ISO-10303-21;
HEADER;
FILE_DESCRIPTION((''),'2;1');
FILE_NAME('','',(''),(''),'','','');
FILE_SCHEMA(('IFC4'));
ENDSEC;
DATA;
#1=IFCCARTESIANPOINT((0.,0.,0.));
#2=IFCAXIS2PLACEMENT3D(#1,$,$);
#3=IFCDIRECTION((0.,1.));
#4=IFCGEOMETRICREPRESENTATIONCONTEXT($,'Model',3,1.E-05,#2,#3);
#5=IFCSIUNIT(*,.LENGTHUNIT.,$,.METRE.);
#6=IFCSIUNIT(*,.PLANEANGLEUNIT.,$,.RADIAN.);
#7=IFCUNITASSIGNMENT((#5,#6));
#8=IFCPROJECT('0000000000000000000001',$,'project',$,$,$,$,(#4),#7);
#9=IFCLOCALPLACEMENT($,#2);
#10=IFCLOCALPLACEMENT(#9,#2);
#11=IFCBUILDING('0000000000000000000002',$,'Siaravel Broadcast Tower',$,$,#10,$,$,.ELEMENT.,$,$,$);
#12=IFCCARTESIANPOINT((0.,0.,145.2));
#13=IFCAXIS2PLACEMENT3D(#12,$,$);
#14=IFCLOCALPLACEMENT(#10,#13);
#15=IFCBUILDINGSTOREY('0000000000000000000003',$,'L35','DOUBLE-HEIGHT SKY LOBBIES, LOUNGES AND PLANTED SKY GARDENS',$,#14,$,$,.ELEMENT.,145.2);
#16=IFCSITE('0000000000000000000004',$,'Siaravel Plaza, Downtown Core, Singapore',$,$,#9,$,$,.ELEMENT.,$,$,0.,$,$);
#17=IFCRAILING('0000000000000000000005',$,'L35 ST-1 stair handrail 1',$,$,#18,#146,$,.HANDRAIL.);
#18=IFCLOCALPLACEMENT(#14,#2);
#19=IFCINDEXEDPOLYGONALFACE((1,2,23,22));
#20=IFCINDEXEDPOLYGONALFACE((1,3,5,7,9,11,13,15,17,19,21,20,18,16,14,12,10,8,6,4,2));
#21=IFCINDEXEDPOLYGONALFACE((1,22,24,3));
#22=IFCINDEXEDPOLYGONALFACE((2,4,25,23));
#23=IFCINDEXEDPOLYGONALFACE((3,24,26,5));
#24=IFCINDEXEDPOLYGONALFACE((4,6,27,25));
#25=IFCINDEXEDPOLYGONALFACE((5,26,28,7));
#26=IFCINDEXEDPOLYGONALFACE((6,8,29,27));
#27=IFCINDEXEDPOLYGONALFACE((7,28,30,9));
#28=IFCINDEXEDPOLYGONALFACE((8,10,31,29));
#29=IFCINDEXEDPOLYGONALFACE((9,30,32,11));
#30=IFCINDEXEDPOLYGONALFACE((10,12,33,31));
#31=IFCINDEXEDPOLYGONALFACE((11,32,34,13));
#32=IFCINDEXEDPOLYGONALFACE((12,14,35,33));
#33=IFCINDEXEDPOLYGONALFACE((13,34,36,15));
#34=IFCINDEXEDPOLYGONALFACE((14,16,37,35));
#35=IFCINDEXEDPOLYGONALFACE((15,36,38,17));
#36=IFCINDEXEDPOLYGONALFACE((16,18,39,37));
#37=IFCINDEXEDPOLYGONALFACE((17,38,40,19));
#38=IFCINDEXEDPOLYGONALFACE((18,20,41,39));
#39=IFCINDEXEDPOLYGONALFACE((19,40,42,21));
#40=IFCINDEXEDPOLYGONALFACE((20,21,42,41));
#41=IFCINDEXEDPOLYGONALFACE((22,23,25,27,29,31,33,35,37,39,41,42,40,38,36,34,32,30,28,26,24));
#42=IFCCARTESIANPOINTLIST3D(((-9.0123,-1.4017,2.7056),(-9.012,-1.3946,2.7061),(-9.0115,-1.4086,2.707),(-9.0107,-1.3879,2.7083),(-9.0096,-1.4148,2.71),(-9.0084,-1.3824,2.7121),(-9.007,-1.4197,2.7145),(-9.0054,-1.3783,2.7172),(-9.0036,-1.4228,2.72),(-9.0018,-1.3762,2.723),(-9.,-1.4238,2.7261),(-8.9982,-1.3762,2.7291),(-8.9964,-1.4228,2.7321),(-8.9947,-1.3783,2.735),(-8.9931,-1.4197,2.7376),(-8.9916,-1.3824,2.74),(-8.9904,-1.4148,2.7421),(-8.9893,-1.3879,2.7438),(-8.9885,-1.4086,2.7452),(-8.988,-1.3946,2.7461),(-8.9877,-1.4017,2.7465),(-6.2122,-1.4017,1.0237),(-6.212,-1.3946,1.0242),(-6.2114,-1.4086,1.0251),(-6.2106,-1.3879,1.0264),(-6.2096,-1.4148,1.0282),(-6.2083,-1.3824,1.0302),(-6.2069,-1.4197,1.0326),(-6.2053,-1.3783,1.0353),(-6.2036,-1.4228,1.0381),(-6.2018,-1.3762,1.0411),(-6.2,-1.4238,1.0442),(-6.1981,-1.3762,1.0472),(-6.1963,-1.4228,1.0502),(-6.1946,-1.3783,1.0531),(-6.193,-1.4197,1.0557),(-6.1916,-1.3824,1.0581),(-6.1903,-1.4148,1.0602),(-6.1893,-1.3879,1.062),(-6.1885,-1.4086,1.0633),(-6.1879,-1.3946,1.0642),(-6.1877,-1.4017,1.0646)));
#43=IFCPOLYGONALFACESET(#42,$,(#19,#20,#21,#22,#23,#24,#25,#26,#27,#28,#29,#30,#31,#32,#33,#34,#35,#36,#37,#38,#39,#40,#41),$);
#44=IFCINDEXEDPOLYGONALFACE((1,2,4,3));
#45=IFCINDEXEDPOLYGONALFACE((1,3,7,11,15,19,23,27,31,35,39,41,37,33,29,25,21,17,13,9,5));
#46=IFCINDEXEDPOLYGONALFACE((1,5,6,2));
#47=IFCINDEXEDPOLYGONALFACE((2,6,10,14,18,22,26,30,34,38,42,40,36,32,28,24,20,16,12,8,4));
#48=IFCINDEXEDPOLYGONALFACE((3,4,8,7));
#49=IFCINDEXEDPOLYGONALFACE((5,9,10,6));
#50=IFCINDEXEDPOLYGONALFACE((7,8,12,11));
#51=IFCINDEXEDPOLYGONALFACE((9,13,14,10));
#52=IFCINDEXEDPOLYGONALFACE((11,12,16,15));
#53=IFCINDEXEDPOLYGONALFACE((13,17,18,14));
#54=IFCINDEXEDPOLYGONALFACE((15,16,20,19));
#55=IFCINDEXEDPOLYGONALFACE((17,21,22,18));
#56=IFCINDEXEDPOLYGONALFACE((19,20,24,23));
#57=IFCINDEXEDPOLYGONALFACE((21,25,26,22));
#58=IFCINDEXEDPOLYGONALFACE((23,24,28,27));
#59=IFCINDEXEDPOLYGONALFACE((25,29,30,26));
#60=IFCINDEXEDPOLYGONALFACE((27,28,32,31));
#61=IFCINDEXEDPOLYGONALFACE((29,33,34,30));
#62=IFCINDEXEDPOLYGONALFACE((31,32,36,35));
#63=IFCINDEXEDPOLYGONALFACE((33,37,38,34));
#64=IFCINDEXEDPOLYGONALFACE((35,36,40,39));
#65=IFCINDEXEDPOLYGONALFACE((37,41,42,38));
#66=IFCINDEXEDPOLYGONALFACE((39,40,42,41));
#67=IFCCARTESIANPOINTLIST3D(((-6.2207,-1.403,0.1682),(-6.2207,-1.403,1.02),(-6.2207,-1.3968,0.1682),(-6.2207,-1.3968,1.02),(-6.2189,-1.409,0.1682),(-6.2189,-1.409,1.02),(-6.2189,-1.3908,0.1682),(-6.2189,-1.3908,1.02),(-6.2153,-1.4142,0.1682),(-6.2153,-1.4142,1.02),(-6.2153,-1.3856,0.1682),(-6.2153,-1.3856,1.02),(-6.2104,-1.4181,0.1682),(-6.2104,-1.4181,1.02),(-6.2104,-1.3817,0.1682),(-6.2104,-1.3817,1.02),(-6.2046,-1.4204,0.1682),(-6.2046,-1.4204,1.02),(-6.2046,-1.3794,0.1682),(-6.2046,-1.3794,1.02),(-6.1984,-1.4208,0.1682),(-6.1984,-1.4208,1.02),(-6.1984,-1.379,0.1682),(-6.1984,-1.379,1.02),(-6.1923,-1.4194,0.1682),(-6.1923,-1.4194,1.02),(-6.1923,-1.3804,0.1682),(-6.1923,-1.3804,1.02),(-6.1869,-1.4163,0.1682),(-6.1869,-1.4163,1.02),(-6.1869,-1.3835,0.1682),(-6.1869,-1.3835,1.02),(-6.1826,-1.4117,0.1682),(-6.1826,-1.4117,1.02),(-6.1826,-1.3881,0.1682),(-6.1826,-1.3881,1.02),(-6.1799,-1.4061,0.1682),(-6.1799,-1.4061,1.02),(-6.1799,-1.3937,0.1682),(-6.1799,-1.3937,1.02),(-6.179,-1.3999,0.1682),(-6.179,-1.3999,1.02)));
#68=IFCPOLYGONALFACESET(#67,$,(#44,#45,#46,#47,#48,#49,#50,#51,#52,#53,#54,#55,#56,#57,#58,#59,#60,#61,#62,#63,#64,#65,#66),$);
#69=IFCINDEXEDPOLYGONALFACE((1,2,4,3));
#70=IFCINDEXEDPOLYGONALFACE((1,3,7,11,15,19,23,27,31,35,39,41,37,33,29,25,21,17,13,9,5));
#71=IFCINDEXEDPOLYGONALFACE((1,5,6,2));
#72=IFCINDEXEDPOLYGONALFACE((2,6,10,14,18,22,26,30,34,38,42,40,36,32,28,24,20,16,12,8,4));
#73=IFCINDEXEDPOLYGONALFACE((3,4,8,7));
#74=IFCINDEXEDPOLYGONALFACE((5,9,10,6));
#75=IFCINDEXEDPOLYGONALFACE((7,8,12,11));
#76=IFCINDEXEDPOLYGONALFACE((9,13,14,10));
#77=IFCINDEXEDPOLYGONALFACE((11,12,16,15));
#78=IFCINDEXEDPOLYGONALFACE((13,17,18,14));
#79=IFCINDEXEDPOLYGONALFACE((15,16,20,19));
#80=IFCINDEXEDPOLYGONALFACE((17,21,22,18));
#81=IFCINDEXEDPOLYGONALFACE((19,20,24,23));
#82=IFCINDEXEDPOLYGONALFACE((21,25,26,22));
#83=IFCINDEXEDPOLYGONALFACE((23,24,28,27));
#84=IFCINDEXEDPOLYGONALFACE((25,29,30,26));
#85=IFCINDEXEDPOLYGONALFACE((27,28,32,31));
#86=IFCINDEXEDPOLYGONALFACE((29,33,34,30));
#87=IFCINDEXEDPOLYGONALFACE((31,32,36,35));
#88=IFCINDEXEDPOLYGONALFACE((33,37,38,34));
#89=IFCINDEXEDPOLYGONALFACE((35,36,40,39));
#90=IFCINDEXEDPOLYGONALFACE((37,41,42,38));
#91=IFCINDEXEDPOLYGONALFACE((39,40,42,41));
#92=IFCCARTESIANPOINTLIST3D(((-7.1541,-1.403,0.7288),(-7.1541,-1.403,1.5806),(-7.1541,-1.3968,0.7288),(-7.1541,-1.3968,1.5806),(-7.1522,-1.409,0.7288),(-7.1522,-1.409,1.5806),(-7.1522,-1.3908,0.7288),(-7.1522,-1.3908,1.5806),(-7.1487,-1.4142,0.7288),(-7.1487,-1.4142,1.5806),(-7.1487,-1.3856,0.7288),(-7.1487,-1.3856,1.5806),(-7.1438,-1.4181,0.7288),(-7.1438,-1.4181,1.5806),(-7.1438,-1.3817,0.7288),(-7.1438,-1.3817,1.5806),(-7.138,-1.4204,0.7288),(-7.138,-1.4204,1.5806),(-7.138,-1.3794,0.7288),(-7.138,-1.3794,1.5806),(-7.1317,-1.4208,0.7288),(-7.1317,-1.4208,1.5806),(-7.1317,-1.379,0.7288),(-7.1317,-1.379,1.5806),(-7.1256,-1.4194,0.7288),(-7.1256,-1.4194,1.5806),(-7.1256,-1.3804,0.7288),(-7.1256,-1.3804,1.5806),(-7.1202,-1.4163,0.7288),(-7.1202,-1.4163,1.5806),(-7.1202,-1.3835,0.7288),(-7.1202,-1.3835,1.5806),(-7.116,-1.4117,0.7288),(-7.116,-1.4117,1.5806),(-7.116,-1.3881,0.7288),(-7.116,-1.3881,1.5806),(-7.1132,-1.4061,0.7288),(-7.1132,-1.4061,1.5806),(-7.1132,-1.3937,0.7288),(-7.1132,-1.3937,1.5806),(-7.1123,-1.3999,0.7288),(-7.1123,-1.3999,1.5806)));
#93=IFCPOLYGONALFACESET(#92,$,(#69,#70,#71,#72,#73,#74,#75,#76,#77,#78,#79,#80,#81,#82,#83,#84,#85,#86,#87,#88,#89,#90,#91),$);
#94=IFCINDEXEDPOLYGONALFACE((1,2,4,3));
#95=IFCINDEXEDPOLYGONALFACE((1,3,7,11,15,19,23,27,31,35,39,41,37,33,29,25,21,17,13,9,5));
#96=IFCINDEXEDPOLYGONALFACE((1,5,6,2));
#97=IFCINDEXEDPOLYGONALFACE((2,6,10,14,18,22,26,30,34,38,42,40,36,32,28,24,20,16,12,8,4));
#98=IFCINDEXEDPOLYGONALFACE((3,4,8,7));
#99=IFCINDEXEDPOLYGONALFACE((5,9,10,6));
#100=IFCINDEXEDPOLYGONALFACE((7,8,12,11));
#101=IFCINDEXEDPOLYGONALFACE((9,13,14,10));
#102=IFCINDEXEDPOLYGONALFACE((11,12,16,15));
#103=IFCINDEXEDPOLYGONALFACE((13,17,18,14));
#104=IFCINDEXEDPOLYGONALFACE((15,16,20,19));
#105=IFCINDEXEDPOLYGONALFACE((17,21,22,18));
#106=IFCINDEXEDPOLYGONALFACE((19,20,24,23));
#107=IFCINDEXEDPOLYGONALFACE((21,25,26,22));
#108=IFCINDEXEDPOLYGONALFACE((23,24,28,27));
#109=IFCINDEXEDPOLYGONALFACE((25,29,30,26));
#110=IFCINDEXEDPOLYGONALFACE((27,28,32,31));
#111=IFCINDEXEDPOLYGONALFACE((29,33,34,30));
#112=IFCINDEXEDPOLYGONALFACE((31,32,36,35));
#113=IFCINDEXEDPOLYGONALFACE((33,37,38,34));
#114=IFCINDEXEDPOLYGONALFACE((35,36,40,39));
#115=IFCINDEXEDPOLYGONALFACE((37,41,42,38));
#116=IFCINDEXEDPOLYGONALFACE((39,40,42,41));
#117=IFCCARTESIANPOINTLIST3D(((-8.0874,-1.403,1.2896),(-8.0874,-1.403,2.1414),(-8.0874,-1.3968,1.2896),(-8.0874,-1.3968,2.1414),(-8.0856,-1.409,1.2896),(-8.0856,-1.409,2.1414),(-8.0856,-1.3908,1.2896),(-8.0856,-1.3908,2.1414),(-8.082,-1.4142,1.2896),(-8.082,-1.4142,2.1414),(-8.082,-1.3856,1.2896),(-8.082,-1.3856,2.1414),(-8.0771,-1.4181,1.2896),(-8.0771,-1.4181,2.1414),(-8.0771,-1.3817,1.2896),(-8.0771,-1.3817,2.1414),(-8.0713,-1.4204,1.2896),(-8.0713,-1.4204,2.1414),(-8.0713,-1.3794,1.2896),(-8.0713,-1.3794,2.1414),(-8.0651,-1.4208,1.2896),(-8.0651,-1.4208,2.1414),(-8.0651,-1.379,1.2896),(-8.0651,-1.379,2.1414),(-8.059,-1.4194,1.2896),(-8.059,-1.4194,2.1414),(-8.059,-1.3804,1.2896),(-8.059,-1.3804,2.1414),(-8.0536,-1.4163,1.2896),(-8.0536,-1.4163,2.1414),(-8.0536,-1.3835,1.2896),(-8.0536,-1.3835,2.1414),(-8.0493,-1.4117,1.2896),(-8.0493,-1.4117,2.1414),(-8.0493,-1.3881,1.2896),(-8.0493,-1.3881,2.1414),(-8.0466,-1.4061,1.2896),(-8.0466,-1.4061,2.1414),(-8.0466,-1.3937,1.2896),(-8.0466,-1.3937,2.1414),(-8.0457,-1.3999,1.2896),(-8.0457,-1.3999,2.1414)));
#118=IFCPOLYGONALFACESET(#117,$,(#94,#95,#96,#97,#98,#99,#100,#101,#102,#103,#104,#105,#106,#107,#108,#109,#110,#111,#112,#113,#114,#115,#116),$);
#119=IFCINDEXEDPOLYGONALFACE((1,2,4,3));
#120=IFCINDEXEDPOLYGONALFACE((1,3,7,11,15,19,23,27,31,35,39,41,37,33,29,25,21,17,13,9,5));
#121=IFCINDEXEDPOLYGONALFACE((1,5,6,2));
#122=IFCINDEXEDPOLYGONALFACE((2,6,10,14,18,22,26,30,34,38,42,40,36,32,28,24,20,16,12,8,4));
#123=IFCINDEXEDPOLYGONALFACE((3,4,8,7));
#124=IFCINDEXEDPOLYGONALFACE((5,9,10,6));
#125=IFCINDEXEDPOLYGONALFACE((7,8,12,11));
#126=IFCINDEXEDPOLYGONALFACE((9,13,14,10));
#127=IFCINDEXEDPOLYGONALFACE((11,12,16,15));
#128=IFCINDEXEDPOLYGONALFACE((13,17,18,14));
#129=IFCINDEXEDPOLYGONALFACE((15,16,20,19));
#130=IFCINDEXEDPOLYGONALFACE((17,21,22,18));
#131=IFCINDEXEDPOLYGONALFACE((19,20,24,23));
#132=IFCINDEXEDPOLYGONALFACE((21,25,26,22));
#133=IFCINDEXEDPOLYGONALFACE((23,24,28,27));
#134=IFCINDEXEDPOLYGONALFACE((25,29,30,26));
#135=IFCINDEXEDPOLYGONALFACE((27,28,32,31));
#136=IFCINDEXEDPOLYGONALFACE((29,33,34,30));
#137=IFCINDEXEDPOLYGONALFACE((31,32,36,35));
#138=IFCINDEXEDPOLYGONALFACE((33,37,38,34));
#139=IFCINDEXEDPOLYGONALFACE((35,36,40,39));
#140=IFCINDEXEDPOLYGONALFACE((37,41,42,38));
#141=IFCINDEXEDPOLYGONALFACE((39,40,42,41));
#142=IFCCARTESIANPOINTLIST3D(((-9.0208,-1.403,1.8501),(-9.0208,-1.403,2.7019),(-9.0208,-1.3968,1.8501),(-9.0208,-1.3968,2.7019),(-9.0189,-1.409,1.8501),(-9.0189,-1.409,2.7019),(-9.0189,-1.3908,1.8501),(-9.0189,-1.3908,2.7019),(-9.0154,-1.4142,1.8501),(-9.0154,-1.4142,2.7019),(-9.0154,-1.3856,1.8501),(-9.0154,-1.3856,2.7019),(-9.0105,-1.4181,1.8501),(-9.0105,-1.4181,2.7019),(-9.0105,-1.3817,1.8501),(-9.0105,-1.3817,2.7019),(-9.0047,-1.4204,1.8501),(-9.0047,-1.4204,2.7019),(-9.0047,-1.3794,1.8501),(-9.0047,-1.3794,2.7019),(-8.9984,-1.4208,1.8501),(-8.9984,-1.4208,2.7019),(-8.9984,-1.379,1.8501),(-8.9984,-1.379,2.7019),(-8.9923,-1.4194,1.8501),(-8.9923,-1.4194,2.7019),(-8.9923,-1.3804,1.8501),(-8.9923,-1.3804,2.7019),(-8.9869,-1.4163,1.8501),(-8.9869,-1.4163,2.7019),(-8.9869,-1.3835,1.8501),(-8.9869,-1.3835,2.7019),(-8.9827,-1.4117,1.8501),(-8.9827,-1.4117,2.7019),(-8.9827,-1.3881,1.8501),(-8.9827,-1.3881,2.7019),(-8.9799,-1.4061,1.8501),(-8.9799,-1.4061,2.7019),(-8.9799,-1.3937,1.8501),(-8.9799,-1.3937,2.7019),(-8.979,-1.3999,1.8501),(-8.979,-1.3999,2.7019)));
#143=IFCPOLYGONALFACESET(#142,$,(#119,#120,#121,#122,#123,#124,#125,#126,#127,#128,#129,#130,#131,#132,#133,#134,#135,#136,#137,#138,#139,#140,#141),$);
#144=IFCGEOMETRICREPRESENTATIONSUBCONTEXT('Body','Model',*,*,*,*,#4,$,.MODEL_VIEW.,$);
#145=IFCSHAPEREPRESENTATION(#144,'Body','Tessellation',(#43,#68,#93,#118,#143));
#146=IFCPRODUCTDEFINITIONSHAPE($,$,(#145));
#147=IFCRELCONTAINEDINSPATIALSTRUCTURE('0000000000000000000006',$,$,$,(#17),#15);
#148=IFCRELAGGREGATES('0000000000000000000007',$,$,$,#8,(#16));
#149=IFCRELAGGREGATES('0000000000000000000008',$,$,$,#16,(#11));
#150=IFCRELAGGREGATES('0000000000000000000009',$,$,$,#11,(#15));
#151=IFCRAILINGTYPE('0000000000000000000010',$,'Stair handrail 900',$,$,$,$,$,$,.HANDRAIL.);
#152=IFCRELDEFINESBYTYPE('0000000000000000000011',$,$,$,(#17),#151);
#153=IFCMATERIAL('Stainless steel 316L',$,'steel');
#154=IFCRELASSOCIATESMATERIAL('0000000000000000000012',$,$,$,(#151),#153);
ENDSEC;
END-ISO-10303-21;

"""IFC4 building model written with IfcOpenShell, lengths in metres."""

from ifc_helpers import new_model, si_unit, direction, frame, origin, origin_2d, place, context, subcontext, project, spatial, circle, extrude, material, type_object, element, save


model = new_model("IFC4")

# Units and contexts
model_context = context("Model", 3, precision=1e-05, world=origin(), true_north=direction((0.0, 1.0)))
body_context = subcontext(model_context, "Body", "Model", "MODEL_VIEW")
ifc_project = project(units=[si_unit("LENGTHUNIT", "METRE"), si_unit("PLANEANGLEUNIT", "RADIAN")], contexts=[model_context])

# Site, building, storey
site_placement = place(None, origin())
site = spatial("IfcSite", under=ifc_project, at=site_placement, Name="Siaravel Plaza, Downtown Core, Singapore", CompositionType="ELEMENT", RefElevation=0.0)
building_placement = place(site_placement, origin())
building = spatial("IfcBuilding", under=site, at=building_placement, Name="Siaravel Broadcast Tower", CompositionType="ELEMENT")
storey_placement = place(building_placement, frame((0.0, 0.0, 145.2)))
storey = spatial("IfcBuildingStorey", under=building, at=storey_placement, Name="L35", Description="DOUBLE-HEIGHT SKY LOBBIES, LOUNGES AND PLANTED SKY GARDENS", CompositionType="ELEMENT", Elevation=145.2)

# Railing
ifc_material_1 = material(Name="Stainless steel 316L", Category="steel")
railing_type_1 = type_object("IfcRailingType", Name="Stair handrail 900", PredefinedType="HANDRAIL", material=ifc_material_1)
railing_1_placement = place(storey_placement, frame((-6.2, -1.3999, 0.1682)))
element("IfcRailing", 1, at=railing_1_placement, inside=storey, type_object=railing_type_1, Name="L35 ST-1 stair handrail 1", PredefinedType="HANDRAIL", context=body_context, shape_type="SweptSolid", body=[
    extrude(circle(Radius=0.0239, at=origin_2d()), frame((0.0, 0.0, 0.876), z_axis=(-0.857242, 0.0, 0.514913), x_axis=(0.0, -1.0, 0.0)), (0.0, 0.0, 1.0), 3.2664),
    extrude(circle(Radius=0.021, at=origin_2d()), origin(), (0.0, 0.0, 1.0), 0.8518),
    extrude(circle(Radius=0.021, at=origin_2d()), frame((-0.9333, 0.0, 0.5605)), (0.0, 0.0, 1.0), 0.8518),
    extrude(circle(Radius=0.021, at=origin_2d()), frame((-1.8667, 0.0, 1.1213)), (0.0, 0.0, 1.0), 0.8518),
    extrude(circle(Radius=0.021, at=origin_2d()), frame((-2.8, 0.0, 1.6819)), (0.0, 0.0, 1.0), 0.8518),
])

save(model, "model.ifc")
